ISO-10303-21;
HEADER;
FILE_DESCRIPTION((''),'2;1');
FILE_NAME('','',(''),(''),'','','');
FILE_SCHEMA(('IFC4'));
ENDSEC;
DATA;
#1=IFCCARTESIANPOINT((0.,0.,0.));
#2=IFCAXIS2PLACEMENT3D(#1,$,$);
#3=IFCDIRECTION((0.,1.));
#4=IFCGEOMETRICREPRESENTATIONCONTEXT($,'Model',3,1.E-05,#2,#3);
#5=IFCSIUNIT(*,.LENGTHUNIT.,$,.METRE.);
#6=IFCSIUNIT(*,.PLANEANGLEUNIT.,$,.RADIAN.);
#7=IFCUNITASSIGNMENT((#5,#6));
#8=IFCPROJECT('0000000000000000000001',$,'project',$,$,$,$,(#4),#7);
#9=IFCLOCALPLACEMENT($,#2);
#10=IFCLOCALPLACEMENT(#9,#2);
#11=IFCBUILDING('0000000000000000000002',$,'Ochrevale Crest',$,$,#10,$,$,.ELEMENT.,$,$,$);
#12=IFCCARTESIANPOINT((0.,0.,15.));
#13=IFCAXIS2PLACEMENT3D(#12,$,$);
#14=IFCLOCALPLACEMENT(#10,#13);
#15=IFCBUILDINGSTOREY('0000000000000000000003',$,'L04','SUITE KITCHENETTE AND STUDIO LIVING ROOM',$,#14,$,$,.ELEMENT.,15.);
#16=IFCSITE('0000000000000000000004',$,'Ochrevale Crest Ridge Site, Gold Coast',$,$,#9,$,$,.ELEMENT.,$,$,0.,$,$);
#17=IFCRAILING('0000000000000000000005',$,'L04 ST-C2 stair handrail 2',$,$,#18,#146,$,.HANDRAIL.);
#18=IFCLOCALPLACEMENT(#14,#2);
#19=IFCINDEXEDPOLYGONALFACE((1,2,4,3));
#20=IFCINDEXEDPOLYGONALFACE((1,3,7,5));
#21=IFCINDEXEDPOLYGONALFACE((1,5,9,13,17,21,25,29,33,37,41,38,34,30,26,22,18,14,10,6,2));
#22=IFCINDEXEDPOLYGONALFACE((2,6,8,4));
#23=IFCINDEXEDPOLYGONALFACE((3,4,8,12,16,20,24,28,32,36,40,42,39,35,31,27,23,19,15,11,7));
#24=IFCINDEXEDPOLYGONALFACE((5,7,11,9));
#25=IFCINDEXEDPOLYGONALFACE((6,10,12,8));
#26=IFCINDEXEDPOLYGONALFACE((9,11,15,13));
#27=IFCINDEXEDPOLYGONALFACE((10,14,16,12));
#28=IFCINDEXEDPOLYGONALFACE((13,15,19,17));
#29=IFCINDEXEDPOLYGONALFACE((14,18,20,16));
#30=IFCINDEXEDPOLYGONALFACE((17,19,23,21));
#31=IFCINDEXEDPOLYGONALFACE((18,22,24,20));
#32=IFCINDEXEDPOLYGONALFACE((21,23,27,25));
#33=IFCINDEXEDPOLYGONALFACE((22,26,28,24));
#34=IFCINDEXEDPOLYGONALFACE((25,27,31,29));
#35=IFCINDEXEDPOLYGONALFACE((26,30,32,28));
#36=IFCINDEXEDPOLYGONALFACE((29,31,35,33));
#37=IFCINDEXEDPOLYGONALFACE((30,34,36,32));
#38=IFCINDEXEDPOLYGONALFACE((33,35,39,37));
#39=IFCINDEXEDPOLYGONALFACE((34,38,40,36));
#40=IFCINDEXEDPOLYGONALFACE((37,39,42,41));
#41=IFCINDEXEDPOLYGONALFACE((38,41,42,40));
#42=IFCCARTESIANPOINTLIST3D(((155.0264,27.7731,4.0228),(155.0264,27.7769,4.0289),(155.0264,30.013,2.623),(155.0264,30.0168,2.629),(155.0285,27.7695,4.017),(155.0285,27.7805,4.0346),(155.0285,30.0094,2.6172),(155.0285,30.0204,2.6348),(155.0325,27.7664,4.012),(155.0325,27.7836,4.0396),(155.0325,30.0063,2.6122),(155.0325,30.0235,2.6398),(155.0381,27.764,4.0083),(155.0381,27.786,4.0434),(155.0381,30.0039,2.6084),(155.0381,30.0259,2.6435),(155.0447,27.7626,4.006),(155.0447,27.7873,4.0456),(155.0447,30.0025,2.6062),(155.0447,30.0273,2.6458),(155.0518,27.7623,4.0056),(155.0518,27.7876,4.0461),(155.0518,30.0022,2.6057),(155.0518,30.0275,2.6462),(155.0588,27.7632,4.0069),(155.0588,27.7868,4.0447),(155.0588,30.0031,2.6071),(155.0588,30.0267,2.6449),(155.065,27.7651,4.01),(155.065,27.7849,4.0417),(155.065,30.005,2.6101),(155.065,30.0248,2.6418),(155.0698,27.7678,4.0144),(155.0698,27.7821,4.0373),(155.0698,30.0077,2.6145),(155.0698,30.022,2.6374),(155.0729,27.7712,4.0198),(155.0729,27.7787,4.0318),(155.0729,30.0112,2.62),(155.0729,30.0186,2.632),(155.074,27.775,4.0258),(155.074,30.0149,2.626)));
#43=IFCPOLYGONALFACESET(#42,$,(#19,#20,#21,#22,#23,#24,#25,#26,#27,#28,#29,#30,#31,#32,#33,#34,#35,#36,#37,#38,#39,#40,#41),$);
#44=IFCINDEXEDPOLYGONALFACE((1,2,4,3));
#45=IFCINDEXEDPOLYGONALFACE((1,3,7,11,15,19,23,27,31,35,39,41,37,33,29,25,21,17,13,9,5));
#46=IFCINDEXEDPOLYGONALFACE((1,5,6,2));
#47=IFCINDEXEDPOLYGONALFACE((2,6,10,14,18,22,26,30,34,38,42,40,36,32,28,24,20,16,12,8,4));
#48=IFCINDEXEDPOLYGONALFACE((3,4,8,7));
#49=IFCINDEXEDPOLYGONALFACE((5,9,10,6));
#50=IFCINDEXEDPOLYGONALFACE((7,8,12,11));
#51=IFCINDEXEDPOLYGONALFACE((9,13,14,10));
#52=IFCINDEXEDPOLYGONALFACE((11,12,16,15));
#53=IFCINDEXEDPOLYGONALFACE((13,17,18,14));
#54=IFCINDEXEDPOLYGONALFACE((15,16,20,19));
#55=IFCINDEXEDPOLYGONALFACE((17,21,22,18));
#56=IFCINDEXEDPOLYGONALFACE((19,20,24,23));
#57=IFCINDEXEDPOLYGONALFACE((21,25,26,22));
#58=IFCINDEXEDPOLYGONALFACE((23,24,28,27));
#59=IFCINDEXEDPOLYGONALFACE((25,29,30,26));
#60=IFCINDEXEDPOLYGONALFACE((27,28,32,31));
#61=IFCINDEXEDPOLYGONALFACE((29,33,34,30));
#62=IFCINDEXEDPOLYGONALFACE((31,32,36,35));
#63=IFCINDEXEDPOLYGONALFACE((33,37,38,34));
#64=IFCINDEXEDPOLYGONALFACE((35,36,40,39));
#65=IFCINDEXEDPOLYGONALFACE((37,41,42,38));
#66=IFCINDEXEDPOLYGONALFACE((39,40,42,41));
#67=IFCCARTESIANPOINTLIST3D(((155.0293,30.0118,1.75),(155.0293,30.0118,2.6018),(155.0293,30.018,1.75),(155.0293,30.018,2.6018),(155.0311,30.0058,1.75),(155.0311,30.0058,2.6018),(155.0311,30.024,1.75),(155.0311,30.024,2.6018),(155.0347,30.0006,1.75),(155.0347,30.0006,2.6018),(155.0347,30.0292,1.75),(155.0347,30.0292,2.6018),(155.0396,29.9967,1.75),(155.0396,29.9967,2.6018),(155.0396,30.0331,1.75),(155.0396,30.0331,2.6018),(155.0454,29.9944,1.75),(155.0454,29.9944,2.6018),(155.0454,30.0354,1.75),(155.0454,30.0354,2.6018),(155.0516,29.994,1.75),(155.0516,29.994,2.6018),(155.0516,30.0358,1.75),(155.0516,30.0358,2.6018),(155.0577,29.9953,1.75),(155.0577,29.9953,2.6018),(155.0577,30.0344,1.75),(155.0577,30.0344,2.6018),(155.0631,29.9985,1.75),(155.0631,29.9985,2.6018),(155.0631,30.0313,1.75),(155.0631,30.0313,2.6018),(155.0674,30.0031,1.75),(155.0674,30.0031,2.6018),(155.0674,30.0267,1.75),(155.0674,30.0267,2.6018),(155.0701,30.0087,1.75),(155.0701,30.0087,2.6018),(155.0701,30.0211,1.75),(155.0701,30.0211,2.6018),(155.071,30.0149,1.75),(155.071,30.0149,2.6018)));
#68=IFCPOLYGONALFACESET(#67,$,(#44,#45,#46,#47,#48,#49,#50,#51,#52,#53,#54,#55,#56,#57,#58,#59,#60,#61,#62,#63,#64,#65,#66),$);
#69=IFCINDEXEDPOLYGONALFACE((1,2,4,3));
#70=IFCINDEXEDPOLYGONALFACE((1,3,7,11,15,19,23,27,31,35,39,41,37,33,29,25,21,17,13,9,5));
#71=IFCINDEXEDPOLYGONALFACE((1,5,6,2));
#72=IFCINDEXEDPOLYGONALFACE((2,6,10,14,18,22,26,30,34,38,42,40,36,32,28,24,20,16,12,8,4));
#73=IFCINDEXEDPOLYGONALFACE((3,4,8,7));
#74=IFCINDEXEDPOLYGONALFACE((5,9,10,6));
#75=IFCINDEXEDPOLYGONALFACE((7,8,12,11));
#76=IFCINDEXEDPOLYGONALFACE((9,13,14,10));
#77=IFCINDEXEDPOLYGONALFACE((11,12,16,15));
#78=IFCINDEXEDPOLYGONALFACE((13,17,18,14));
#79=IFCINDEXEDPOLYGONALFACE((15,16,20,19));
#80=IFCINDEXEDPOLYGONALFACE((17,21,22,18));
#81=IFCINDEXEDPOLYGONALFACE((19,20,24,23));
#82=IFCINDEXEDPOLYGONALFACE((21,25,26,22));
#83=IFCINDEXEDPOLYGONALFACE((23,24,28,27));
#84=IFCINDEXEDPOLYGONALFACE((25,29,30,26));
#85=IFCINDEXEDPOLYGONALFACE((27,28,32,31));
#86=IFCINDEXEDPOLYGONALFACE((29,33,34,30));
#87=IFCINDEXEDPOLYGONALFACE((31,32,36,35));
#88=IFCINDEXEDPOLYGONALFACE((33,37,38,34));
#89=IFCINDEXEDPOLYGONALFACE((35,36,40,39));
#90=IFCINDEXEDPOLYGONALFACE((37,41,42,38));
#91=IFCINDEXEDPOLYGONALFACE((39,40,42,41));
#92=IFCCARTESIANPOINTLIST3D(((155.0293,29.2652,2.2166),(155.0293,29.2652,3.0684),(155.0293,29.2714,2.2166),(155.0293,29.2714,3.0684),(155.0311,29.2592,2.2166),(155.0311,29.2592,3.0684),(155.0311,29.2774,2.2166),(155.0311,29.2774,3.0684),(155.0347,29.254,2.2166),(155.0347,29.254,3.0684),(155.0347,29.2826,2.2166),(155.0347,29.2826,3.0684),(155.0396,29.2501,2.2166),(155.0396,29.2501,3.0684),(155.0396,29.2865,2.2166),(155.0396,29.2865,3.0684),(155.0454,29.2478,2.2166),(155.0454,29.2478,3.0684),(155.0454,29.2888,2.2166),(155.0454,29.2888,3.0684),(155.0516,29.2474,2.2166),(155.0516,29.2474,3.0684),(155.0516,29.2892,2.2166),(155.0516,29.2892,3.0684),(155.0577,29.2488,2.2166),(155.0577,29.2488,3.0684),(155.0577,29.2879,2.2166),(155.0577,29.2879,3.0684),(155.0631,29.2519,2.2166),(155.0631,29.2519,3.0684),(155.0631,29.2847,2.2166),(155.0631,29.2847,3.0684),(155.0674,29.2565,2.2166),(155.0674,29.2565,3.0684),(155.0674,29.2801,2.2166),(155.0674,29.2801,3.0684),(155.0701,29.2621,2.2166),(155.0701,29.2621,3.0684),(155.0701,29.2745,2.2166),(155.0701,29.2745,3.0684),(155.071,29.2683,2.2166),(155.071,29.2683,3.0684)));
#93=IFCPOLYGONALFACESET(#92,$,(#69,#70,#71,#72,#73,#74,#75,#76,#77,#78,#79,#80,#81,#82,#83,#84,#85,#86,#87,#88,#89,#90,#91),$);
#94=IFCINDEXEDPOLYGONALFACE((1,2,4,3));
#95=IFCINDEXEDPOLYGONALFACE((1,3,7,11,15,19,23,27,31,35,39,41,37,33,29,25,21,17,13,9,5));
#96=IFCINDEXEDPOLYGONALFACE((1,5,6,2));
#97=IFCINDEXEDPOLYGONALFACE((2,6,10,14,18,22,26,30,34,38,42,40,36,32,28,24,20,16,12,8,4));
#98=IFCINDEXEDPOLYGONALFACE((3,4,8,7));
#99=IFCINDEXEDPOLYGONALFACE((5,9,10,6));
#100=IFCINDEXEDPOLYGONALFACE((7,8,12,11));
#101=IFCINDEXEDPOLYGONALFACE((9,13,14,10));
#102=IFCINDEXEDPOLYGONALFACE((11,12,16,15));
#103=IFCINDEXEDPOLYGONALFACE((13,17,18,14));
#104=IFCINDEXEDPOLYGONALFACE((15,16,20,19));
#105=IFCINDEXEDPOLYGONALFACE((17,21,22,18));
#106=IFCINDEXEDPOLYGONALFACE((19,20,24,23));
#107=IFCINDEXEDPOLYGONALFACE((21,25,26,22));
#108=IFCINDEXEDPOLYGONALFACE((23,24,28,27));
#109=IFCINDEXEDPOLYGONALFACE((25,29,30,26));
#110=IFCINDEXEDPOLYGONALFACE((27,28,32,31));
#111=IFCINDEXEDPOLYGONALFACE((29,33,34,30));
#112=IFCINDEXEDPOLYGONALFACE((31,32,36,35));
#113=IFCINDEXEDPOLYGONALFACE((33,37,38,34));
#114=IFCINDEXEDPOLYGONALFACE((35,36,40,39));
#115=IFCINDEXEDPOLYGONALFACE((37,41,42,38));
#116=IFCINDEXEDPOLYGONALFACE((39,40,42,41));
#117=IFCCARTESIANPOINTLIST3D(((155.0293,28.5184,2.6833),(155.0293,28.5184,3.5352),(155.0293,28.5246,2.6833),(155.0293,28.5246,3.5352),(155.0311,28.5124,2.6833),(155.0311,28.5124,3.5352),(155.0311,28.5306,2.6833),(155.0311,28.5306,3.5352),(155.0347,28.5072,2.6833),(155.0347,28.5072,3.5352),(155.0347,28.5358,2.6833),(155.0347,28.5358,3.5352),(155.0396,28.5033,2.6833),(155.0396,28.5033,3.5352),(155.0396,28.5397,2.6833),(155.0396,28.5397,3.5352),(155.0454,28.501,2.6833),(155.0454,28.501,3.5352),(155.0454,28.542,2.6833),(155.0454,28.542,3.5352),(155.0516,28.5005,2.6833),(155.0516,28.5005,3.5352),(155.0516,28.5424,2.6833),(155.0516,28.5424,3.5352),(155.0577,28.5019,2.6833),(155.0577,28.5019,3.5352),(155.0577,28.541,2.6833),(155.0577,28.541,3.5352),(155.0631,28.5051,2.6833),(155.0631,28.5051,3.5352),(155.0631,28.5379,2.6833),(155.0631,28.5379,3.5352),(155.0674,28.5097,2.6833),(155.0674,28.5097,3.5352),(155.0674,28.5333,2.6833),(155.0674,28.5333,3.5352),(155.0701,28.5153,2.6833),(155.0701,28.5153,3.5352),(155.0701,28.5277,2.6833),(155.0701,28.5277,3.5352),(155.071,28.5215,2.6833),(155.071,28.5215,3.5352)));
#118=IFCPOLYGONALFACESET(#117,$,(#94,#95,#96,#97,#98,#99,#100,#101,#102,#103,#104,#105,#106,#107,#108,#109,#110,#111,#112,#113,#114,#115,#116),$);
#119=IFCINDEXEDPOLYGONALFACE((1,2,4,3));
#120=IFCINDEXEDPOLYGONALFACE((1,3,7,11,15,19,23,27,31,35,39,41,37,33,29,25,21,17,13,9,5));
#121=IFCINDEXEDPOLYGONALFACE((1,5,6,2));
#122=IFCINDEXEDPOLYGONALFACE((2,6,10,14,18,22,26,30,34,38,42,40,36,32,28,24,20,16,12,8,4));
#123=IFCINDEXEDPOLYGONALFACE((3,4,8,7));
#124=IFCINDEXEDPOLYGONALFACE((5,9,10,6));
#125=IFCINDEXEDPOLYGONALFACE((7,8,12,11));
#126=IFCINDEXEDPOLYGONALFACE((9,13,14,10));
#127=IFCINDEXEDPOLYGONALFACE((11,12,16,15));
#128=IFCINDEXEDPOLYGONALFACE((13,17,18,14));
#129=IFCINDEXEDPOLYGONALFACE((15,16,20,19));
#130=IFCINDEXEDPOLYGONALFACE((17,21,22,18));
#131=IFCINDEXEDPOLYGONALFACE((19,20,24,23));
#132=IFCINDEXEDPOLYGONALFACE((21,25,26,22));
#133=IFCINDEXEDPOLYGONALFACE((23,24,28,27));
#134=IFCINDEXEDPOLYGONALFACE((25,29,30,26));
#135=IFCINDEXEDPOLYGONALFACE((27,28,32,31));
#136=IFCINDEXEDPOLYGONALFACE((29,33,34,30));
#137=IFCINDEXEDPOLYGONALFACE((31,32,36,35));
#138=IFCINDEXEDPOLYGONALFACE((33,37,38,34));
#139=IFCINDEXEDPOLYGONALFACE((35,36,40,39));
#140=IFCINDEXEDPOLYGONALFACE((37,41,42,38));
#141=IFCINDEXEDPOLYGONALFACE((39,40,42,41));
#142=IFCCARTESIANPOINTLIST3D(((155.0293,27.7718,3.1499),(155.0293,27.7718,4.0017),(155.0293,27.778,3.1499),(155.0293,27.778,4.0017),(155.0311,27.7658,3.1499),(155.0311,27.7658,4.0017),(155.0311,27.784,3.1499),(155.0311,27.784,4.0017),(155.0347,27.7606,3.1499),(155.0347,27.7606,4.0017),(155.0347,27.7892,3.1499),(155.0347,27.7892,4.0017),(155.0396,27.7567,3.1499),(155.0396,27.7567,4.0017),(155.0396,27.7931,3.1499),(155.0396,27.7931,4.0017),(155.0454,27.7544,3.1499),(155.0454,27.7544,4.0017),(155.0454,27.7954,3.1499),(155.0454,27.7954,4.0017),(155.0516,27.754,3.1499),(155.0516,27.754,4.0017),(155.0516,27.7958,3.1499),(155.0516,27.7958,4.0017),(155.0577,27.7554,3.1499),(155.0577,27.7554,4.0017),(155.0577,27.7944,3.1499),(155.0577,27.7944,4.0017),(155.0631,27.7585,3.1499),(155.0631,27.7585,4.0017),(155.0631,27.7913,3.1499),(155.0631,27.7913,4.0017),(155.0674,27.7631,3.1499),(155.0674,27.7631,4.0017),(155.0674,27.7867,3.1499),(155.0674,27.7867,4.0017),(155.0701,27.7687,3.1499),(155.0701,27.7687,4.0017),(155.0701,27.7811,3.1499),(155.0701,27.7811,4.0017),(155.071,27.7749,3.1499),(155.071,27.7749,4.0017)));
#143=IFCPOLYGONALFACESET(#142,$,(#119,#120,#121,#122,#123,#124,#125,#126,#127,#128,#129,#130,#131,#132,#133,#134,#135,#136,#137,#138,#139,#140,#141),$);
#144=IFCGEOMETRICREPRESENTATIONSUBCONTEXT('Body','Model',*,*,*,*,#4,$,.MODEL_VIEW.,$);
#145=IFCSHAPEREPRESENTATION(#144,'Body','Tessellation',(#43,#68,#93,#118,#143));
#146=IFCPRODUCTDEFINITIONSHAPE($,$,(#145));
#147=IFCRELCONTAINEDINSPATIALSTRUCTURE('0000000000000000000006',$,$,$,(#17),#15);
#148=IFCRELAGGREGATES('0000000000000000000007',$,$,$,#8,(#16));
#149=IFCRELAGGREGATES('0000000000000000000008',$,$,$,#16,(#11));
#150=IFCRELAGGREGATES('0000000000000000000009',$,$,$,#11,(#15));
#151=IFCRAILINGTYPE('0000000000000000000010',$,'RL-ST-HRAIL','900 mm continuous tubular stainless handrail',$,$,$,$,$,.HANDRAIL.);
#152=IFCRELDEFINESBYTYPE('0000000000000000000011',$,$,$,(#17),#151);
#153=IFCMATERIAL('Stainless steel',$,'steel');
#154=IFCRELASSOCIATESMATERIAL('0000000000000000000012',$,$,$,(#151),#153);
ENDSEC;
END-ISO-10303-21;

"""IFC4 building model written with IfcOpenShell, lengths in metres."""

from ifc_helpers import new_model, si_unit, direction, frame, origin, origin_2d, place, context, subcontext, project, spatial, circle, extrude, material, type_object, element, save


model = new_model("IFC4")

# Units and contexts
model_context = context("Model", 3, precision=1e-05, world=origin(), true_north=direction((0.0, 1.0)))
body_context = subcontext(model_context, "Body", "Model", "MODEL_VIEW")
ifc_project = project(units=[si_unit("LENGTHUNIT", "METRE"), si_unit("PLANEANGLEUNIT", "RADIAN")], contexts=[model_context])

# Site, building, storey
site_placement = place(None, origin())
site = spatial("IfcSite", under=ifc_project, at=site_placement, Name="Ochrevale Crest Ridge Site, Gold Coast", CompositionType="ELEMENT", RefElevation=0.0)
building_placement = place(site_placement, origin())
building = spatial("IfcBuilding", under=site, at=building_placement, Name="Ochrevale Crest", CompositionType="ELEMENT")
storey_placement = place(building_placement, frame((0.0, 0.0, 15.0)))
storey = spatial("IfcBuildingStorey", under=building, at=storey_placement, Name="L04", Description="SUITE KITCHENETTE AND STUDIO LIVING ROOM", CompositionType="ELEMENT", Elevation=15.0)

# Railing
ifc_material_1 = material(Name="Stainless steel", Category="steel")
railing_type_1 = type_object("IfcRailingType", Name="RL-ST-HRAIL", Description="900 mm continuous tubular stainless handrail", PredefinedType="HANDRAIL", material=ifc_material_1)
railing_1_placement = place(storey_placement, frame((155.05, 30.0149, 1.75)))
element("IfcRailing", 1, at=railing_1_placement, inside=storey, type_object=railing_type_1, Name="L04 ST-C2 stair handrail 2", PredefinedType="HANDRAIL", context=body_context, shape_type="SweptSolid", body=[
    extrude(circle(Radius=0.0239, at=origin_2d()), frame((0.0, 0.0, 0.876), z_axis=(0.0, -0.848014, 0.529974), x_axis=(1.0, 0.0, 0.0)), (0.0, 0.0, 1.0), 2.6414),
    extrude(circle(Radius=0.021, at=origin_2d()), origin(), (0.0, 0.0, 1.0), 0.8518),
    extrude(circle(Radius=0.021, at=origin_2d()), frame((0.0, -0.7466, 0.4666)), (0.0, 0.0, 1.0), 0.8518),
    extrude(circle(Radius=0.021, at=origin_2d()), frame((0.0, -1.4934, 0.9333)), (0.0, 0.0, 1.0), 0.8518),
    extrude(circle(Radius=0.021, at=origin_2d()), frame((0.0, -2.24, 1.3999)), (0.0, 0.0, 1.0), 0.8518),
])

save(model, "model.ifc")
